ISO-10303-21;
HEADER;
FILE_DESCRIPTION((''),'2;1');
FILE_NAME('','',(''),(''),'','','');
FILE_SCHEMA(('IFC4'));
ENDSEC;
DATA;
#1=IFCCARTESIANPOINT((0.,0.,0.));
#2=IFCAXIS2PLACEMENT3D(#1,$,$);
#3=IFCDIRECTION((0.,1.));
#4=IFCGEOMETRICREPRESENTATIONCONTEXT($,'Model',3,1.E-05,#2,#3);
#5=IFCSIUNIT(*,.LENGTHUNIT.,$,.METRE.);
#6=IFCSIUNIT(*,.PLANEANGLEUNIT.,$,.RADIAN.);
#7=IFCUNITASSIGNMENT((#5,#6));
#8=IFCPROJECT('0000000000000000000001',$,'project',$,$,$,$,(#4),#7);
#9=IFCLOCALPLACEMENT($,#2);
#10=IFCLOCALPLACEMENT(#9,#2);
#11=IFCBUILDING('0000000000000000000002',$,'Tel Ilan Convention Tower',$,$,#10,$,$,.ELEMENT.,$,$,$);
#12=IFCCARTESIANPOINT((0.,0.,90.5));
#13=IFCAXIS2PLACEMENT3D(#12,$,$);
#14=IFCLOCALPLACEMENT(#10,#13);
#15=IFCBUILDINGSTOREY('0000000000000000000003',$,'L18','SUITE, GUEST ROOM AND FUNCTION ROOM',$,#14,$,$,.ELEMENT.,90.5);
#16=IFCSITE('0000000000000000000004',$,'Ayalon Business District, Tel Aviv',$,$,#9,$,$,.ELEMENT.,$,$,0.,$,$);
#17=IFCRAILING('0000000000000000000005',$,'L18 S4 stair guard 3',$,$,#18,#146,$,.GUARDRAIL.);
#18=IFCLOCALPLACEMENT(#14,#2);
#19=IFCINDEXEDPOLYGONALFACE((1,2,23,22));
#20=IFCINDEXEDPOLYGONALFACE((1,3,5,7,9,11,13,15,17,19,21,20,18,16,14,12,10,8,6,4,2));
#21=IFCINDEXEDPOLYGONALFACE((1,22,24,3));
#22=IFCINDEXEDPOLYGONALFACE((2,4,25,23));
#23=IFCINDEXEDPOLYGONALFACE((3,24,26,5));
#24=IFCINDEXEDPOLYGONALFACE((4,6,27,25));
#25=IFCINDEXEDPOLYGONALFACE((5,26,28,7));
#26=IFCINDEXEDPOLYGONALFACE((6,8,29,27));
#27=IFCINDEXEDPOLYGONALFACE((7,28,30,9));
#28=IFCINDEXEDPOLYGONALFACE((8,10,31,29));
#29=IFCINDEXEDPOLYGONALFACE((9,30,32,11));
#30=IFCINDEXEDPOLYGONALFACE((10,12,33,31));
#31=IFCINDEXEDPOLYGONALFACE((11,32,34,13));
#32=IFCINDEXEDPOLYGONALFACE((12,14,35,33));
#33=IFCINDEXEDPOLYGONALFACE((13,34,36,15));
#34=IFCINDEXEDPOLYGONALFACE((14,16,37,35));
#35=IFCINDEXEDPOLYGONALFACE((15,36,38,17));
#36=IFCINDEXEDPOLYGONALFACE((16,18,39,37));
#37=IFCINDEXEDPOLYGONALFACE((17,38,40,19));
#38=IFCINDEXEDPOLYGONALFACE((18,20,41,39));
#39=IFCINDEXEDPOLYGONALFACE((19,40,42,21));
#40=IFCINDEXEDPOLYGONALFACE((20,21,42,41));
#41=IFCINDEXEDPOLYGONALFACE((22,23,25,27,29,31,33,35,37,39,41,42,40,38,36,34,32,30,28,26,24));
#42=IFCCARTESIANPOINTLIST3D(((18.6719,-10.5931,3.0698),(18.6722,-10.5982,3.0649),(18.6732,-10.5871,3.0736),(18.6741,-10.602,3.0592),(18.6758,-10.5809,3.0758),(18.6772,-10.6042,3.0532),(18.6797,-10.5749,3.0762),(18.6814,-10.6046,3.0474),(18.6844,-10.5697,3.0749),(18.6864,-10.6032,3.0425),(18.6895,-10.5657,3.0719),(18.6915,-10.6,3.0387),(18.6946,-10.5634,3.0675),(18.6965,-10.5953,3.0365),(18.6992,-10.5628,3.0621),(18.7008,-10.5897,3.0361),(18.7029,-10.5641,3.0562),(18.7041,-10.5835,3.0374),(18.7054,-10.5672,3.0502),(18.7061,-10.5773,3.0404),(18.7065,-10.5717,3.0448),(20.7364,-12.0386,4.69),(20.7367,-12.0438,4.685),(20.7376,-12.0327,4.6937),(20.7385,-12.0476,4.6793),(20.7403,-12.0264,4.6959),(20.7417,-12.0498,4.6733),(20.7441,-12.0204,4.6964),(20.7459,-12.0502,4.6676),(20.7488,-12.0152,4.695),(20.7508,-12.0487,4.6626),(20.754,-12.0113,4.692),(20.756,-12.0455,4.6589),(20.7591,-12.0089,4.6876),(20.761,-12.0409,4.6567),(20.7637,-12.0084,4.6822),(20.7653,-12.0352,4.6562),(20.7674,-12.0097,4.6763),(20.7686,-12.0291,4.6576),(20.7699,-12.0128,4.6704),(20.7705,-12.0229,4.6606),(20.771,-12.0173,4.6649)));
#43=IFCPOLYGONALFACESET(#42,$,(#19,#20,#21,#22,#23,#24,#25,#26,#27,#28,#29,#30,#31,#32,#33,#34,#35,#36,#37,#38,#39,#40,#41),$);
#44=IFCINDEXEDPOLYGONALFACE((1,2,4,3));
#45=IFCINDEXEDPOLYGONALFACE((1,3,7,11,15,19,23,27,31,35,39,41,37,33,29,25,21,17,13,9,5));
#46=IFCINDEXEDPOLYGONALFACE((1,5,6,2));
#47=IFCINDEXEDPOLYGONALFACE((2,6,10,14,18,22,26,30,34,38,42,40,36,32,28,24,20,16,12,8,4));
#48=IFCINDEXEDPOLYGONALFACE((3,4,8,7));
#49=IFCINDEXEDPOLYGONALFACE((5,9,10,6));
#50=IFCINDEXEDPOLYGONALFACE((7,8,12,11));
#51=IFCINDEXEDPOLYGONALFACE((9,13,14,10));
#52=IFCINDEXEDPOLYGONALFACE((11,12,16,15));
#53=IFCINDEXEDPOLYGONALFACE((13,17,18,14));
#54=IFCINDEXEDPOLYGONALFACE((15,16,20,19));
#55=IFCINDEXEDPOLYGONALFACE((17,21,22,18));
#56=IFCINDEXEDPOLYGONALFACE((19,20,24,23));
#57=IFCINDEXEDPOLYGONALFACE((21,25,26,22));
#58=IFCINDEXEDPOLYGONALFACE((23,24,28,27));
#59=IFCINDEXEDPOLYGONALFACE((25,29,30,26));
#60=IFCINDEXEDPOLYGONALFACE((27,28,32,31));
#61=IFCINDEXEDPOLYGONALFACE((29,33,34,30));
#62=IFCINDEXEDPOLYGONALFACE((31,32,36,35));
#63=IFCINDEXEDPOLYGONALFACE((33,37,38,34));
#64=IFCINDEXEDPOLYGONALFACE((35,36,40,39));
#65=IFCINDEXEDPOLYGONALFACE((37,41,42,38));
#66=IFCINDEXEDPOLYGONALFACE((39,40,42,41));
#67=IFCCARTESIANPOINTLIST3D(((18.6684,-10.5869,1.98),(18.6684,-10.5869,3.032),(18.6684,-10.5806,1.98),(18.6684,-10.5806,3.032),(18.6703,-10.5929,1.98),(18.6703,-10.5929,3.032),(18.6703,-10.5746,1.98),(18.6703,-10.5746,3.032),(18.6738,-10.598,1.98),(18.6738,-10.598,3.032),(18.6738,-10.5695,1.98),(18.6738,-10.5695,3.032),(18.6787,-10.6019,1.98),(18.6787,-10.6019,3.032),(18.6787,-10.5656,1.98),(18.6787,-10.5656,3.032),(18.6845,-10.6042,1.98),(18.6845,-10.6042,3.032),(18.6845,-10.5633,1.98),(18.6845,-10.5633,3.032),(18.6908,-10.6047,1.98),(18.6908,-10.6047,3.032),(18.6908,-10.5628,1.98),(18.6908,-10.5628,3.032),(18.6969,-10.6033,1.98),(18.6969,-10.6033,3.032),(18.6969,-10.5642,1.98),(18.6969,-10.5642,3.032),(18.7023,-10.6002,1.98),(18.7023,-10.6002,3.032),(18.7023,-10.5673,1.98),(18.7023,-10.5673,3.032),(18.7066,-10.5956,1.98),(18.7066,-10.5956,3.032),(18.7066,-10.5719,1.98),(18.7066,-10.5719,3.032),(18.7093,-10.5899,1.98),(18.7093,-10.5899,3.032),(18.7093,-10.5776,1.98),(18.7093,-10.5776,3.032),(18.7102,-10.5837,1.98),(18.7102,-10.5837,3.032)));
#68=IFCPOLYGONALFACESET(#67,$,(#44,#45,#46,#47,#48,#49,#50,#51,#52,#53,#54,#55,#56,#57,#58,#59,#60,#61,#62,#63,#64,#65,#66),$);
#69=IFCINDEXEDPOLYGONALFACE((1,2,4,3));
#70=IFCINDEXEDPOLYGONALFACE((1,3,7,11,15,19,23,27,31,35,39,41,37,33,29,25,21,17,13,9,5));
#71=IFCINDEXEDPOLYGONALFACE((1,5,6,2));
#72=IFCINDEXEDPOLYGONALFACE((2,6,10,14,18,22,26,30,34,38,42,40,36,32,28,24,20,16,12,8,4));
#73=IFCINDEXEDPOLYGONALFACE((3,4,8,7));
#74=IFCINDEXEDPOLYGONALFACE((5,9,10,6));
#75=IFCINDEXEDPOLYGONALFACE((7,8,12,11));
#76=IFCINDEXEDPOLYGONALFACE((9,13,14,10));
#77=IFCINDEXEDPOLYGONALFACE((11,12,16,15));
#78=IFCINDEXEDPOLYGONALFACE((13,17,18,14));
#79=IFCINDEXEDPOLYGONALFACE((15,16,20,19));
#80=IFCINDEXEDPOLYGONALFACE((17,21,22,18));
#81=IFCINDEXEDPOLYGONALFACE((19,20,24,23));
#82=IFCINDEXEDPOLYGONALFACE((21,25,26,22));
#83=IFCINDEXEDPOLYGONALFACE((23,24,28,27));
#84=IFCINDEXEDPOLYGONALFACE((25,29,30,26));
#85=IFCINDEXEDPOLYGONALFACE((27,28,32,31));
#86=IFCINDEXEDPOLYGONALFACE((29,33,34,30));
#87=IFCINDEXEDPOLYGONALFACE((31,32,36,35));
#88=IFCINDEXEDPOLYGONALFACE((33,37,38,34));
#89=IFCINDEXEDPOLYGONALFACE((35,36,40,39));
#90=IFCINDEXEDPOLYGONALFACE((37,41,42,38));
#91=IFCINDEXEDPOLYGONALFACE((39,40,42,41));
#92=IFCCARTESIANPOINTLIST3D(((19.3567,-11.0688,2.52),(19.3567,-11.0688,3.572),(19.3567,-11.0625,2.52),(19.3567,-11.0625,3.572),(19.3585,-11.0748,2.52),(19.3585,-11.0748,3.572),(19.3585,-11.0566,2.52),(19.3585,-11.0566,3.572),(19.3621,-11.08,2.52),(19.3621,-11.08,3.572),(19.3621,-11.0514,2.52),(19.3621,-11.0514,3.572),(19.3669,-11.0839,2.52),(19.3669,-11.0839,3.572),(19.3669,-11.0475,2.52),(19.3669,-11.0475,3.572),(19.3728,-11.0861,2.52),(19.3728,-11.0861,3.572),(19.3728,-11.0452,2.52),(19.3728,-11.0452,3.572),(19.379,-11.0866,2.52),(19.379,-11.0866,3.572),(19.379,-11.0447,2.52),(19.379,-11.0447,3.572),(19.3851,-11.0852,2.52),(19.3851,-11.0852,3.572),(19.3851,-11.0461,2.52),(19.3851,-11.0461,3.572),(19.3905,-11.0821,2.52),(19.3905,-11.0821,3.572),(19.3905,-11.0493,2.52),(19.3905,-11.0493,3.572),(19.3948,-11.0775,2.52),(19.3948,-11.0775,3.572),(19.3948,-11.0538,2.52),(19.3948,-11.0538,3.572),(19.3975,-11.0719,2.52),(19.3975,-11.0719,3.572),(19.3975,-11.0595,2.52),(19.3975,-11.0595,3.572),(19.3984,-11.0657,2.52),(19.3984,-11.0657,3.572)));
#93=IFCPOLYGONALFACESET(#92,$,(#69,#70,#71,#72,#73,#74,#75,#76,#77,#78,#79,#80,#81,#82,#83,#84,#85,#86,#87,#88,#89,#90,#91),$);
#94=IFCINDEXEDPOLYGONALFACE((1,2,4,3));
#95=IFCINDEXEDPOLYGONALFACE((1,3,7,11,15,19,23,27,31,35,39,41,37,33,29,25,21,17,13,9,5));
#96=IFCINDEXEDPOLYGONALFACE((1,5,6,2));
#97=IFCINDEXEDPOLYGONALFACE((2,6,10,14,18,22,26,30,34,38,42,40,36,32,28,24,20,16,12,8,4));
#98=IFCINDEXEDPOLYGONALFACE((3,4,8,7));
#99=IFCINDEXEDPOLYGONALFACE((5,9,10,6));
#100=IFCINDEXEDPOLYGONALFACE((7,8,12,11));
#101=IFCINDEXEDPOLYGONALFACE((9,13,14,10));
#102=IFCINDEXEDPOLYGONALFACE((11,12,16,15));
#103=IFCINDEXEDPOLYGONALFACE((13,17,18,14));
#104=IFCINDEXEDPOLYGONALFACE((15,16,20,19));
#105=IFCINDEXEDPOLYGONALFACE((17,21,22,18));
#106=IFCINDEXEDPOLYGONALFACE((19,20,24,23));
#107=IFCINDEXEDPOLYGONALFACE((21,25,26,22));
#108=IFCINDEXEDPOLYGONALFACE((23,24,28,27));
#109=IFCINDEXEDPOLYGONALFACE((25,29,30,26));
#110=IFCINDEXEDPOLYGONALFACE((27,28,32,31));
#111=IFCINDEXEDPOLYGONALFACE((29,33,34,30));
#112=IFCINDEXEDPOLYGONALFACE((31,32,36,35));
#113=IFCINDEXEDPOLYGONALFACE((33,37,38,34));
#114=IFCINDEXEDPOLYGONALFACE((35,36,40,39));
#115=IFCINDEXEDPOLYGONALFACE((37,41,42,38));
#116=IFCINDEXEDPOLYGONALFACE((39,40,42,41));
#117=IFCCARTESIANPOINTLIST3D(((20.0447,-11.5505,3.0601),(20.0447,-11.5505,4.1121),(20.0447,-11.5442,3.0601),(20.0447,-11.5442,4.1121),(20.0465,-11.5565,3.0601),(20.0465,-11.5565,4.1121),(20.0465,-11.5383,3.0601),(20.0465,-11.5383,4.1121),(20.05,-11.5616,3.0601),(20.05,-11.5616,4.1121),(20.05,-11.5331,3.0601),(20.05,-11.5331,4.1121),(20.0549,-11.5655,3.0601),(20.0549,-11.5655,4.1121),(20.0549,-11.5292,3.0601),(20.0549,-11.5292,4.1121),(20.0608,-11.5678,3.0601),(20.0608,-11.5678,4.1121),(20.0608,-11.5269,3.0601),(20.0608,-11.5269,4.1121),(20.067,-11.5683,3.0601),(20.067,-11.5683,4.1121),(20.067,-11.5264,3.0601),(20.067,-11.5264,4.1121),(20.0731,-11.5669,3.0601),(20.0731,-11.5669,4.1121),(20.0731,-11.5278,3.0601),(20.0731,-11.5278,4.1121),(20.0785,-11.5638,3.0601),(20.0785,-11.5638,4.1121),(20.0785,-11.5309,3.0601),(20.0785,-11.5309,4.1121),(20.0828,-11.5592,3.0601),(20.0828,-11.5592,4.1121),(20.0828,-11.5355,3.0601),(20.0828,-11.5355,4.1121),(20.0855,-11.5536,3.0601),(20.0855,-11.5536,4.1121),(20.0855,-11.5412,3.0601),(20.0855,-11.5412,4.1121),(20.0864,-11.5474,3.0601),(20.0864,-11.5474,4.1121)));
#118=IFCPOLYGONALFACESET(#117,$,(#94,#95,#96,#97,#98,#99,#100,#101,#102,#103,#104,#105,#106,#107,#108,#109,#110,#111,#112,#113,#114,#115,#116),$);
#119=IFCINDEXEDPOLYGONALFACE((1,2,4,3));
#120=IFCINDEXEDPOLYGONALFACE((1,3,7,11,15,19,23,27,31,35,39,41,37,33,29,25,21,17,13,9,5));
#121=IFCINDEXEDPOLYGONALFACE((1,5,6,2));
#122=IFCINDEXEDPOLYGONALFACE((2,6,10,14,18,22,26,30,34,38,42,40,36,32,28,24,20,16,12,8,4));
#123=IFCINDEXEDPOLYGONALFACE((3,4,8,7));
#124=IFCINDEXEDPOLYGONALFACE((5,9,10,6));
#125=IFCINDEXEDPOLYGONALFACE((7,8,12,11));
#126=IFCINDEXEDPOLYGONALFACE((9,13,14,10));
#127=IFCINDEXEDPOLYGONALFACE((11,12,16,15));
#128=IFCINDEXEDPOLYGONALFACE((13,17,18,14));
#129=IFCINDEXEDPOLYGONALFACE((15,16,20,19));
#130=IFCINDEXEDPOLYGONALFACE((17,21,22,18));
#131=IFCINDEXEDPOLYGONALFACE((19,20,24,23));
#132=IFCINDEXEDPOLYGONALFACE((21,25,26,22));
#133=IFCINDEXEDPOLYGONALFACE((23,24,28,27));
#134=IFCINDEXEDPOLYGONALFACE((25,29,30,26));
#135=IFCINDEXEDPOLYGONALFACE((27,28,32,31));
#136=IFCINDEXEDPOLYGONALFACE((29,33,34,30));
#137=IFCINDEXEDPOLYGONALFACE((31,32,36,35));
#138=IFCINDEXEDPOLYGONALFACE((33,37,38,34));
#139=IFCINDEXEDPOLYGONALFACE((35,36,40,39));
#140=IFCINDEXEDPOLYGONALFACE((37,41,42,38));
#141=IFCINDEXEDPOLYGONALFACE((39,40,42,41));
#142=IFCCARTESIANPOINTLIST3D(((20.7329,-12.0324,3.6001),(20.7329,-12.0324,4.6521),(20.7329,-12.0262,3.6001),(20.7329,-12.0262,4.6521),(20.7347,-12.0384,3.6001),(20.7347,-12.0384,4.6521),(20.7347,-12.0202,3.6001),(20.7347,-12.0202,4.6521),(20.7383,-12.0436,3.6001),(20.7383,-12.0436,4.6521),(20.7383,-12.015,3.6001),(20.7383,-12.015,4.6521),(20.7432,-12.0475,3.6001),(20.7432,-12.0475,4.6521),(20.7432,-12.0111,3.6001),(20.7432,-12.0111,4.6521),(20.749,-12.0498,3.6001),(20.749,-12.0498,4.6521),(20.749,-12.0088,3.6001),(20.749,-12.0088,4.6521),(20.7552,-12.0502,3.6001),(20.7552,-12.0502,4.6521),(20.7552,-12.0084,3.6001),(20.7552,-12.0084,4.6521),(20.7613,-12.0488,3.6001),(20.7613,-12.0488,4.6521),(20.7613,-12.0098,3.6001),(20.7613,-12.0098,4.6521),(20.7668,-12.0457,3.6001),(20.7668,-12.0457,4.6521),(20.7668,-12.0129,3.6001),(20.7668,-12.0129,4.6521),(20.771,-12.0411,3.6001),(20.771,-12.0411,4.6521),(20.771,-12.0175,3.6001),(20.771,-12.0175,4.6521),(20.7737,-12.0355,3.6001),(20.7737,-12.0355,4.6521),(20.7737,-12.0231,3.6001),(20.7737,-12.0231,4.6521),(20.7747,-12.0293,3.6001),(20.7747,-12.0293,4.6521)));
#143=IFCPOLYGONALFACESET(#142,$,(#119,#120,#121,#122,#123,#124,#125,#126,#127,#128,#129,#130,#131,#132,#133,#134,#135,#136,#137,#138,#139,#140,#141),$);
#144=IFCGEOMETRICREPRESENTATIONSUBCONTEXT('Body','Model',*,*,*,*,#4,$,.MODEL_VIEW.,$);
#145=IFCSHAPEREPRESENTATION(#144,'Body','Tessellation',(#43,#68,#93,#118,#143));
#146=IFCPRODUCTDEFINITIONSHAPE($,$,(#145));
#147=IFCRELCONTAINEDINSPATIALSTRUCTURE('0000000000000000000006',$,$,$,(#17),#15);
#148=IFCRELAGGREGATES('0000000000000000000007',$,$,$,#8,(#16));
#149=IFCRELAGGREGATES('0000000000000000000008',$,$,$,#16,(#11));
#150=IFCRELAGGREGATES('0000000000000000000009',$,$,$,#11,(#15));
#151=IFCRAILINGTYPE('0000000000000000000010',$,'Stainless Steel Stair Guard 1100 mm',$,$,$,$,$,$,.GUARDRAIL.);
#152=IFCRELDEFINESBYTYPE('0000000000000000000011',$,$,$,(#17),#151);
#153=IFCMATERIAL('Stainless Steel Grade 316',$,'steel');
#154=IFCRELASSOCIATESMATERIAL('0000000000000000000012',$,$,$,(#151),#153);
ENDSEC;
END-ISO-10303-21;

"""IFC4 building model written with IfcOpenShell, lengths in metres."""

from ifc_helpers import new_model, si_unit, direction, frame, origin, origin_2d, place, context, subcontext, project, spatial, circle, extrude, material, type_object, element, save


model = new_model("IFC4")

# Units and contexts
model_context = context("Model", 3, precision=1e-05, world=origin(), true_north=direction((0.0, 1.0)))
body_context = subcontext(model_context, "Body", "Model", "MODEL_VIEW")
ifc_project = project(units=[si_unit("LENGTHUNIT", "METRE"), si_unit("PLANEANGLEUNIT", "RADIAN")], contexts=[model_context])

# Site, building, storey
site_placement = place(None, origin())
site = spatial("IfcSite", under=ifc_project, at=site_placement, Name="Ayalon Business District, Tel Aviv", CompositionType="ELEMENT", RefElevation=0.0)
building_placement = place(site_placement, origin())
building = spatial("IfcBuilding", under=site, at=building_placement, Name="Tel Ilan Convention Tower", CompositionType="ELEMENT")
storey_placement = place(building_placement, frame((0.0, 0.0, 90.5)))
storey = spatial("IfcBuildingStorey", under=building, at=storey_placement, Name="L18", Description="SUITE, GUEST ROOM AND FUNCTION ROOM", CompositionType="ELEMENT", Elevation=90.5)

# Railing
ifc_material_1 = material(Name="Stainless Steel Grade 316", Category="steel")
railing_type_1 = type_object("IfcRailingType", Name="Stainless Steel Stair Guard 1100 mm", PredefinedType="GUARDRAIL", material=ifc_material_1)
railing_1_placement = place(storey_placement, frame((18.6892, -10.5837, 1.98)))
element("IfcRailing", 1, at=railing_1_placement, inside=storey, type_object=railing_type_1, Name="L18 S4 stair guard 3", PredefinedType="GUARDRAIL", context=body_context, shape_type="SweptSolid", body=[
    extrude(circle(Radius=0.0239, at=origin_2d()), frame((0.0, 0.0, 1.0762), z_axis=(0.689056, -0.482486, 0.540749), x_axis=(0.573579, 0.81915, 0.0)), (0.0, 0.0, 1.0), 2.9961),
    extrude(circle(Radius=0.021, at=origin_2d()), origin(), (0.0, 0.0, 1.0), 1.052),
    extrude(circle(Radius=0.021, at=origin_2d()), frame((0.6882, -0.4819, 0.54)), (0.0, 0.0, 1.0), 1.052),
    extrude(circle(Radius=0.021, at=origin_2d()), frame((1.3762, -0.9636, 1.0801)), (0.0, 0.0, 1.0), 1.052),
    extrude(circle(Radius=0.021, at=origin_2d()), frame((2.0645, -1.4456, 1.6201)), (0.0, 0.0, 1.0), 1.052),
])

save(model, "model.ifc")
